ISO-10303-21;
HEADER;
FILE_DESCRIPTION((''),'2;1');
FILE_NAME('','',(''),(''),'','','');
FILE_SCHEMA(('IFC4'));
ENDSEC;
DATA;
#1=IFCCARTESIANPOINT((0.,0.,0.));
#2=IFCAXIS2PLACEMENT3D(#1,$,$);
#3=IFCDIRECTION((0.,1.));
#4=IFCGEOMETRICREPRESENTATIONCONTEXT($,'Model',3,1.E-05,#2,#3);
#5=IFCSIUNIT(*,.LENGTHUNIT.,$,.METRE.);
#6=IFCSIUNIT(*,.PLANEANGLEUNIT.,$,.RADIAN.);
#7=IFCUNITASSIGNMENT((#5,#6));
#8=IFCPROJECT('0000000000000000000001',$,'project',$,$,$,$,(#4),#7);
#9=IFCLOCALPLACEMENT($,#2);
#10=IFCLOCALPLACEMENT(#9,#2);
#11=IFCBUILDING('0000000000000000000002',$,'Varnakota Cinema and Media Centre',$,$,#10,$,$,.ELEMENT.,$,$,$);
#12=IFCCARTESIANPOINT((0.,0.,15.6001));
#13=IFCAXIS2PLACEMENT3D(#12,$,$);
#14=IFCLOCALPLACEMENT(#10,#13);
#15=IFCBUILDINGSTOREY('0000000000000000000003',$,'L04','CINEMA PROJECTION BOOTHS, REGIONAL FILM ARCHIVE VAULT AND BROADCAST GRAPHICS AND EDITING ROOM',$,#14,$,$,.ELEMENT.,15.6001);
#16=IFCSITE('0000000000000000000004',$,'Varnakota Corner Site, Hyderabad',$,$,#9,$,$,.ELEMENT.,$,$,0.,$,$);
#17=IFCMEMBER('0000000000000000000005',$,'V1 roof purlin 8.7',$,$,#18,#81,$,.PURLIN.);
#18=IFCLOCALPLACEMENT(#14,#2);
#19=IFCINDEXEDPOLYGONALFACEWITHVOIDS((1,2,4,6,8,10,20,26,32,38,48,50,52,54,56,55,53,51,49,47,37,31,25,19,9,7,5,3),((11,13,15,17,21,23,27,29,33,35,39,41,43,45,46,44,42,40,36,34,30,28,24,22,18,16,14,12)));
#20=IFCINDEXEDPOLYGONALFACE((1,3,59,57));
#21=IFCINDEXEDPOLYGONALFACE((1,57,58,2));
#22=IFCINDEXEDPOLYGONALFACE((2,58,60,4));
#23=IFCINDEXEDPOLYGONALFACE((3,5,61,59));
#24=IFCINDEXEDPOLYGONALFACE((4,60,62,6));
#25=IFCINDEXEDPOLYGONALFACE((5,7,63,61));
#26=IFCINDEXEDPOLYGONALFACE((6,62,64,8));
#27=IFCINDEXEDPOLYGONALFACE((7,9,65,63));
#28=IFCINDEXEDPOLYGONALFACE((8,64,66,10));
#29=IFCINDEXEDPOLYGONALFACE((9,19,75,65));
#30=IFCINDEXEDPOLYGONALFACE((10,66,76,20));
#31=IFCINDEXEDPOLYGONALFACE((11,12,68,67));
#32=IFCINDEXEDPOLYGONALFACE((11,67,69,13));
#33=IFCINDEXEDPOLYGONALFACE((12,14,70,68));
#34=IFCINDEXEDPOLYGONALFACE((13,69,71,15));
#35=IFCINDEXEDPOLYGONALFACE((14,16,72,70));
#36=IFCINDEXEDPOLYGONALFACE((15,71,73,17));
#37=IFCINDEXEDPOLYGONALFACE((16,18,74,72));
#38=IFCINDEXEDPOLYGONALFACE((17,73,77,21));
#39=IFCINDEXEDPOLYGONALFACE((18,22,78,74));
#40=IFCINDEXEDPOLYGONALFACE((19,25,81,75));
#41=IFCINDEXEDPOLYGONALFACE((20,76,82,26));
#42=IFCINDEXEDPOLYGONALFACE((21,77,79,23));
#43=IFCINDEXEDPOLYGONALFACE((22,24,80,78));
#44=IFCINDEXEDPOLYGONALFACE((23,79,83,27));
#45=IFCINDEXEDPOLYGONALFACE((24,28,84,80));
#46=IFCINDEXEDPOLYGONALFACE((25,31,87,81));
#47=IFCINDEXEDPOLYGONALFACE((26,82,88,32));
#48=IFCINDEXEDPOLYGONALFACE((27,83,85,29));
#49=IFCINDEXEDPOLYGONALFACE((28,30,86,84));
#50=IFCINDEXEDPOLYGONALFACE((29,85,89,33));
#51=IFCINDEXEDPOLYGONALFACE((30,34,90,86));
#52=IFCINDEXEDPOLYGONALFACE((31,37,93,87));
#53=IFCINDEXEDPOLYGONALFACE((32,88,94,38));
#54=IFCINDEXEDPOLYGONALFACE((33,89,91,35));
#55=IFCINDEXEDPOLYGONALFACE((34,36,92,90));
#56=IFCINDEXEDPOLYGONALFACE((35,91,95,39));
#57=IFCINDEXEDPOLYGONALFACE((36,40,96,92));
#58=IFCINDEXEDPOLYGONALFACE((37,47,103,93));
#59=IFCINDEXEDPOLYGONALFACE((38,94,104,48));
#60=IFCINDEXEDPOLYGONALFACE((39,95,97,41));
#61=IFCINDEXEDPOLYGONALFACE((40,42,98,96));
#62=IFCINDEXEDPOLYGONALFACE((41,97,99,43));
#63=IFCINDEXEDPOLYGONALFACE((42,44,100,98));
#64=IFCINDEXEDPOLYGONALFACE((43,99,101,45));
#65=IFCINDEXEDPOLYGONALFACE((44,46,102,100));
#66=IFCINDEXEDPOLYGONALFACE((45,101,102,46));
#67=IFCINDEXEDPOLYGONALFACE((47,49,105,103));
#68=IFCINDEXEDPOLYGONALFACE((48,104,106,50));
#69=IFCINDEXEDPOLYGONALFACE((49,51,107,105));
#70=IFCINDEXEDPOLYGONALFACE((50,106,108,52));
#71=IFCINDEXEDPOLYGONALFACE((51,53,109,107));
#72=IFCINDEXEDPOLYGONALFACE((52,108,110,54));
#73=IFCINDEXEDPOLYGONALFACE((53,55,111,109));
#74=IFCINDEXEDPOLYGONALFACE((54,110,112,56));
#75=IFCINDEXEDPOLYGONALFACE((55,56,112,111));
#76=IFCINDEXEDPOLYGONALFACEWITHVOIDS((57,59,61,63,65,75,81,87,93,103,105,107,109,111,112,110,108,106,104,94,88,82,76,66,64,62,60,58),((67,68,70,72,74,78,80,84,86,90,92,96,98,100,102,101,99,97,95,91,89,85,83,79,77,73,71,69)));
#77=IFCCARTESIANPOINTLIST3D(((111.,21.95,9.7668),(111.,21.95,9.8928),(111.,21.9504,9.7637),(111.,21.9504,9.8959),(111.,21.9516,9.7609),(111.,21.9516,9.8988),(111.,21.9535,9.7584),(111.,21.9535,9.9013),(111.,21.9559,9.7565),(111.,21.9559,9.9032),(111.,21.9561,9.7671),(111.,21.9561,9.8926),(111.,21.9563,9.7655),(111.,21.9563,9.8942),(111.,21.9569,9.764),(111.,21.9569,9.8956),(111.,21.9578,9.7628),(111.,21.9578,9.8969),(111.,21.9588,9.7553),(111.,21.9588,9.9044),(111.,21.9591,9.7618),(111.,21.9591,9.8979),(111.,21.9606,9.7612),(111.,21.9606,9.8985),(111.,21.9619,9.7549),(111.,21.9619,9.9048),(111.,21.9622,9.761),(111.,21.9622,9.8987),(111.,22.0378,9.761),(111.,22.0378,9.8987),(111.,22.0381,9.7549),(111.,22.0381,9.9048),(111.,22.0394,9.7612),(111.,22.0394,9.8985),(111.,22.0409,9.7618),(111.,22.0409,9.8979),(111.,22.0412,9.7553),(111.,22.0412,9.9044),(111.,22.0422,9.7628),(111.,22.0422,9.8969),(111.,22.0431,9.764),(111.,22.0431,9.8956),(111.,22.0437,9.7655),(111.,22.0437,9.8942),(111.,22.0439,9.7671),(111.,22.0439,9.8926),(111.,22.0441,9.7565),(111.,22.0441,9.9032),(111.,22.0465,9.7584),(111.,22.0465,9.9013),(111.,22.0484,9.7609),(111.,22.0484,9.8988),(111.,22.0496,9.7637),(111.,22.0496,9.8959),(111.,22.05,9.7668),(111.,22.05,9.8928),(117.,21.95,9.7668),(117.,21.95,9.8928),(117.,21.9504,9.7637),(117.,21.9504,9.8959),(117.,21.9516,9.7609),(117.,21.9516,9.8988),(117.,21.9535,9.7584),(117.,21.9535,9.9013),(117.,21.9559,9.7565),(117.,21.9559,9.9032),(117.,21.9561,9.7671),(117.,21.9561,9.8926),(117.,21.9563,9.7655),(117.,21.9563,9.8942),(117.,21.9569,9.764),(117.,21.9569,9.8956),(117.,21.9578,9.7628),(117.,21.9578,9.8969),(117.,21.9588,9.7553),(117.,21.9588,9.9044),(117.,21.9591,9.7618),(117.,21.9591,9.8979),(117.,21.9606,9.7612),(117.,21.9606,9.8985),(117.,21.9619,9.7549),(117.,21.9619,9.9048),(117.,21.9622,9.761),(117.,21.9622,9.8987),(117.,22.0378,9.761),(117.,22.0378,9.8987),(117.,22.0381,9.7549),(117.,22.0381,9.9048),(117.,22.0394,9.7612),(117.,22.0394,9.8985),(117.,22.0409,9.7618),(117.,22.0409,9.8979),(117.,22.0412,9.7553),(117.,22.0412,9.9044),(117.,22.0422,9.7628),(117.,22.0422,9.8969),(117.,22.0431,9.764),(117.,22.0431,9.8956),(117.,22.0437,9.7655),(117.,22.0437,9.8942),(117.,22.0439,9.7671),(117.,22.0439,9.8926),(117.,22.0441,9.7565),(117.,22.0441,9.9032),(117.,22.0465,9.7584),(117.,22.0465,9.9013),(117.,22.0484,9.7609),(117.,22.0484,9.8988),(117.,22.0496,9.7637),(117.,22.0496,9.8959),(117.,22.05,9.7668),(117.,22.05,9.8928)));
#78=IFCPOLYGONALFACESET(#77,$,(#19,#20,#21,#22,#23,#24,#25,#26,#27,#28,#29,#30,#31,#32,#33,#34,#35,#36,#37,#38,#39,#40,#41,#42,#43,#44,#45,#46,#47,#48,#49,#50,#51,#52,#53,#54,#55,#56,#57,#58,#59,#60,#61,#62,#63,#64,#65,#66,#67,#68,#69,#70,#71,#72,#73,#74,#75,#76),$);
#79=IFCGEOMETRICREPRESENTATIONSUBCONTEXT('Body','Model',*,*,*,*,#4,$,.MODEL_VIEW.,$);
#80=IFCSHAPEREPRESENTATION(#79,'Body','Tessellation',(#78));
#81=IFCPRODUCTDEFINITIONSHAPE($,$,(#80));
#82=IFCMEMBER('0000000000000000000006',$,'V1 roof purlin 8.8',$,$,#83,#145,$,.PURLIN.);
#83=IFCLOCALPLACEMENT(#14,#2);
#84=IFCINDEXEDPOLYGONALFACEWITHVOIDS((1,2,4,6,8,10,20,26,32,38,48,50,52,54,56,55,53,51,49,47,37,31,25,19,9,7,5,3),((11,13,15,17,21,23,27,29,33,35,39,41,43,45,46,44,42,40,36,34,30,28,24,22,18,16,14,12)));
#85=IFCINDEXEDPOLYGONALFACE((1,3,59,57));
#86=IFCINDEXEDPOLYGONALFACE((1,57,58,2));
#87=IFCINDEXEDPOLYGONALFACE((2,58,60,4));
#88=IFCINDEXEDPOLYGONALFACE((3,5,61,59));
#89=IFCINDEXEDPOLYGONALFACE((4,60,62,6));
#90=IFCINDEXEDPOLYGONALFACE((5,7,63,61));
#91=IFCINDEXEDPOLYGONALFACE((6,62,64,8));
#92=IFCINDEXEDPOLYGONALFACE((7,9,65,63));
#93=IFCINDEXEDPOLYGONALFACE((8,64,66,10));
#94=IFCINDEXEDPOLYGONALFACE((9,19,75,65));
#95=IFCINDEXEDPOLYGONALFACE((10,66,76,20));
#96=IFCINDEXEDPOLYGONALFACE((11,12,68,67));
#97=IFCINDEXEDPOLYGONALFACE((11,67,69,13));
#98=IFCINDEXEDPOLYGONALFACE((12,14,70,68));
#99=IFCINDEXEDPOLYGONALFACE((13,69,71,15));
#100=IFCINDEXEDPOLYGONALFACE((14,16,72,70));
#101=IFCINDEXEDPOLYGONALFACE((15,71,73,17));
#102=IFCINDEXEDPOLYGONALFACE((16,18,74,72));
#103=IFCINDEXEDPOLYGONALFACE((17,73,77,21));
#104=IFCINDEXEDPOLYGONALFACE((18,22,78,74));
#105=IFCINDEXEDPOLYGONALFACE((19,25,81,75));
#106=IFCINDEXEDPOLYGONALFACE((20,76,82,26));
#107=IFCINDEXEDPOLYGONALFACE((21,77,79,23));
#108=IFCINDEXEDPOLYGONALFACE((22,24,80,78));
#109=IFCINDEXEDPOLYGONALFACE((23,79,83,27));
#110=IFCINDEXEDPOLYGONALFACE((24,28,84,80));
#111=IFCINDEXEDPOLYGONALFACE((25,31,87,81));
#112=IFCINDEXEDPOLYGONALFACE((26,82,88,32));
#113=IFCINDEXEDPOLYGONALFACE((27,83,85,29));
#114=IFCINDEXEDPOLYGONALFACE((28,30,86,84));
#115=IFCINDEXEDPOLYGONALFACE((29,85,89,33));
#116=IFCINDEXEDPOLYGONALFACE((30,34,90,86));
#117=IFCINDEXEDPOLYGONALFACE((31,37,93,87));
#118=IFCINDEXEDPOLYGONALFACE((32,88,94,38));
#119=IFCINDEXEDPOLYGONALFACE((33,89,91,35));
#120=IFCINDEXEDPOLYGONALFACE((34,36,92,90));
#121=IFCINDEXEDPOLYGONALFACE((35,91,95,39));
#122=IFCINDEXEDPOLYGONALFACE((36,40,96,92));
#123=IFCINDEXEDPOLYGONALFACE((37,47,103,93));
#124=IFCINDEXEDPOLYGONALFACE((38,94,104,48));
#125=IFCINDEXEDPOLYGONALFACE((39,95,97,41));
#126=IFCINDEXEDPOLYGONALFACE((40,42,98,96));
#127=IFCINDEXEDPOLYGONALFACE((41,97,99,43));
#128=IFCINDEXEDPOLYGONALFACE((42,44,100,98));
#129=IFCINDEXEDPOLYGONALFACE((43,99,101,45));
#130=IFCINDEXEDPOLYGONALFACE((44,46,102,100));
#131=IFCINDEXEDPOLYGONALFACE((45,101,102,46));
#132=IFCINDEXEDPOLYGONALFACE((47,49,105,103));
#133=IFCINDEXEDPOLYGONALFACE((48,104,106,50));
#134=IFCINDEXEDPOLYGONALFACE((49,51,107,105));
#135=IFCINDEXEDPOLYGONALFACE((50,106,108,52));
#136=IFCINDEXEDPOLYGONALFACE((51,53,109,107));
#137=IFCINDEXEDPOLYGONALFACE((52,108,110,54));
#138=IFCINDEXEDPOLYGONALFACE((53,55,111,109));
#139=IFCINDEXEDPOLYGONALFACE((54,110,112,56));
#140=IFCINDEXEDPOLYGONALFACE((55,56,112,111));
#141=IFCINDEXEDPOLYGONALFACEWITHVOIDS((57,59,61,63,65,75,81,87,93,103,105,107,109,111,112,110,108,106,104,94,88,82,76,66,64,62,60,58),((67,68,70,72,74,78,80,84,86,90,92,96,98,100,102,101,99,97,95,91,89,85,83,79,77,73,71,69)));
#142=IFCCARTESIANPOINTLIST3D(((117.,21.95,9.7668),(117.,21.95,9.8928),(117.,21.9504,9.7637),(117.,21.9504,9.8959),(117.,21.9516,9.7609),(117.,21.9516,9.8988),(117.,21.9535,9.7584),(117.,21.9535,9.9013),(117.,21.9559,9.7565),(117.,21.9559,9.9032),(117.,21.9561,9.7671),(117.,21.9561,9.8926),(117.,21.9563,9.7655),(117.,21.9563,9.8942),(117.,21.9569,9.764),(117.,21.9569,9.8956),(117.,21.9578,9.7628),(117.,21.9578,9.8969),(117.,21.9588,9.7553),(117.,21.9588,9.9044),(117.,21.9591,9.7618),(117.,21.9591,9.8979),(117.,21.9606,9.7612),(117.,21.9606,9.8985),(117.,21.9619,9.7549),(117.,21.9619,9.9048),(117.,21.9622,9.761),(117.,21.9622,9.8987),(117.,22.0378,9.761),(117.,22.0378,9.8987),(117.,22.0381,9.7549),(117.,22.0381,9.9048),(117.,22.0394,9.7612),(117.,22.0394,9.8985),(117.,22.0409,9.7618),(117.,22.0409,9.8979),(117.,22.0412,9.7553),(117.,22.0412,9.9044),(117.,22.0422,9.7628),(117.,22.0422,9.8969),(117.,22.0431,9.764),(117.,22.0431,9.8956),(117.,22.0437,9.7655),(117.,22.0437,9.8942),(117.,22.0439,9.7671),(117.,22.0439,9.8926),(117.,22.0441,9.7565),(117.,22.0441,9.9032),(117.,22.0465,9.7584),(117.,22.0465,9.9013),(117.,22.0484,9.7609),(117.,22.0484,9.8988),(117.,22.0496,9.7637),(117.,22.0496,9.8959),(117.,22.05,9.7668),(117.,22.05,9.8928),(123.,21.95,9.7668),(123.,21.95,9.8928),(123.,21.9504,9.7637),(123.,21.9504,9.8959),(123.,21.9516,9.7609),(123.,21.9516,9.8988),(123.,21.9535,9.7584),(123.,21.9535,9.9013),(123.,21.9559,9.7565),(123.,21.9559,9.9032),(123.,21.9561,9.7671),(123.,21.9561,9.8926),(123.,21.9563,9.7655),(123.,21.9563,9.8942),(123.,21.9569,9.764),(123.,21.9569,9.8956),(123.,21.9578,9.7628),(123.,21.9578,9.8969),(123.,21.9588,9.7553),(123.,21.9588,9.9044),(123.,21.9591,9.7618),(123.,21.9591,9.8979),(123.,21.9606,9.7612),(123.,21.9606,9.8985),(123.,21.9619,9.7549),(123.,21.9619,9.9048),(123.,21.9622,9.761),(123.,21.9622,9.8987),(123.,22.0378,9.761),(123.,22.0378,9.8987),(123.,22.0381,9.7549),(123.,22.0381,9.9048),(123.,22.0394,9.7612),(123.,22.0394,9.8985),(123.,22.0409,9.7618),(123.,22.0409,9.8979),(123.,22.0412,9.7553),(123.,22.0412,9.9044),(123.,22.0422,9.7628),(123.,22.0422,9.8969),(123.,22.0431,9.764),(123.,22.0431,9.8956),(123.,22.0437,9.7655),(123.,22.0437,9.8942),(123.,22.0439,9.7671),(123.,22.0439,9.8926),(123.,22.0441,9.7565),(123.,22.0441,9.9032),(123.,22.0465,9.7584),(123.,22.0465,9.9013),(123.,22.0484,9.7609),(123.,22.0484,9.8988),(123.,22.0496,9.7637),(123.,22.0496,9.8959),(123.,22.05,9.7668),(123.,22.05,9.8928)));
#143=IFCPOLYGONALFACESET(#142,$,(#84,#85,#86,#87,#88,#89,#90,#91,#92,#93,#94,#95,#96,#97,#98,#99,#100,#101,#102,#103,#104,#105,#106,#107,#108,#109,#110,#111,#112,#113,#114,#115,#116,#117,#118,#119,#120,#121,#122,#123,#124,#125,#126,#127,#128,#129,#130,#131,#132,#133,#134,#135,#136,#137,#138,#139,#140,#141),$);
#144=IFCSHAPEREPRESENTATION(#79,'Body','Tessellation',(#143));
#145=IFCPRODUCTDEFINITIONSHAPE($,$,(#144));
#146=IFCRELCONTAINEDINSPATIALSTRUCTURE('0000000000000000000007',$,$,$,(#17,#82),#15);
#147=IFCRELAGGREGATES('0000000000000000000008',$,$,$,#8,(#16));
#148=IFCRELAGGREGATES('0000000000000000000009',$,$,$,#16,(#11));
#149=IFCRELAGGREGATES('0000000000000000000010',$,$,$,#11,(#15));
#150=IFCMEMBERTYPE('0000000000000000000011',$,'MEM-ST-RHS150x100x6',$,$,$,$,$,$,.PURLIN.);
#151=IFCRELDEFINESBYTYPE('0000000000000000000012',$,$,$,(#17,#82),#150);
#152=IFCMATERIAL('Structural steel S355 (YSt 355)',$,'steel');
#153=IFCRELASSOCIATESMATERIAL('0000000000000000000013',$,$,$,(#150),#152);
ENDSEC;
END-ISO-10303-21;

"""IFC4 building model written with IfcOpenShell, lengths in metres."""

from ifc_helpers import new_model, si_unit, direction, frame, origin, origin_2d, place, context, subcontext, project, spatial, hollow_rectangle, extrude, material, material_profile, profile_set, type_object, element, save


model = new_model("IFC4")

# Units and contexts
model_context = context("Model", 3, precision=1e-05, world=origin(), true_north=direction((0.0, 1.0)))
body_context = subcontext(model_context, "Body", "Model", "MODEL_VIEW")
ifc_project = project(units=[si_unit("LENGTHUNIT", "METRE"), si_unit("PLANEANGLEUNIT", "RADIAN")], contexts=[model_context])

# Site, building, storey
site_placement = place(None, origin())
site = spatial("IfcSite", under=ifc_project, at=site_placement, Name="Varnakota Corner Site, Hyderabad", CompositionType="ELEMENT", RefElevation=0.0)
building_placement = place(site_placement, origin())
building = spatial("IfcBuilding", under=site, at=building_placement, Name="Varnakota Cinema and Media Centre", CompositionType="ELEMENT")
storey_placement = place(building_placement, frame((0.0, 0.0, 15.6001)))
storey = spatial("IfcBuildingStorey", under=building, at=storey_placement, Name="L04", Description="CINEMA PROJECTION BOOTHS, REGIONAL FILM ARCHIVE VAULT AND BROADCAST GRAPHICS AND EDITING ROOM", CompositionType="ELEMENT", Elevation=15.6001)

# Members
ifc_material_1 = material(Name="Structural steel S355 (YSt 355)", Category="steel")
ifc_material_profile_1 = material_profile(ifc_material_1, hollow_rectangle(XDim=0.1001, YDim=0.1499, WallThickness=0.0061, InnerFilletRadius=0.0061, OuterFilletRadius=0.012, at=origin_2d()), Name="RHS 150x100x6")
ifc_profile_set_1 = profile_set([ifc_material_profile_1], Name="Structural steel S355 (YSt 355)")
member_type_1 = type_object("IfcMemberType", Name="MEM-ST-RHS150x100x6", PredefinedType="PURLIN", material=ifc_profile_set_1)
for number, where, z_axis, x_axis, name in (
    (1, (111.0, 22.0, 9.8298), (1.0, 0.0, 0.0), (0.0, 1.0, 0.0), "V1 roof purlin 8.7"),
    (2, (117.0, 22.0, 9.8298), (1.0, 0.0, 0.0), (0.0, 1.0, 0.0), "V1 roof purlin 8.8"),
):
    element("IfcMember", number, at=place(storey_placement, frame(where, z_axis=z_axis, x_axis=x_axis)), inside=storey, type_object=member_type_1, Name=name, PredefinedType="PURLIN", context=body_context, shape_type="SweptSolid", body=[
        extrude(hollow_rectangle(XDim=0.1001, YDim=0.1499, WallThickness=0.0061, InnerFilletRadius=0.0061, OuterFilletRadius=0.012, at=origin_2d()), origin(), (0.0, 0.0, 1.0), 6.0),
    ])

save(model, "model.ifc")
